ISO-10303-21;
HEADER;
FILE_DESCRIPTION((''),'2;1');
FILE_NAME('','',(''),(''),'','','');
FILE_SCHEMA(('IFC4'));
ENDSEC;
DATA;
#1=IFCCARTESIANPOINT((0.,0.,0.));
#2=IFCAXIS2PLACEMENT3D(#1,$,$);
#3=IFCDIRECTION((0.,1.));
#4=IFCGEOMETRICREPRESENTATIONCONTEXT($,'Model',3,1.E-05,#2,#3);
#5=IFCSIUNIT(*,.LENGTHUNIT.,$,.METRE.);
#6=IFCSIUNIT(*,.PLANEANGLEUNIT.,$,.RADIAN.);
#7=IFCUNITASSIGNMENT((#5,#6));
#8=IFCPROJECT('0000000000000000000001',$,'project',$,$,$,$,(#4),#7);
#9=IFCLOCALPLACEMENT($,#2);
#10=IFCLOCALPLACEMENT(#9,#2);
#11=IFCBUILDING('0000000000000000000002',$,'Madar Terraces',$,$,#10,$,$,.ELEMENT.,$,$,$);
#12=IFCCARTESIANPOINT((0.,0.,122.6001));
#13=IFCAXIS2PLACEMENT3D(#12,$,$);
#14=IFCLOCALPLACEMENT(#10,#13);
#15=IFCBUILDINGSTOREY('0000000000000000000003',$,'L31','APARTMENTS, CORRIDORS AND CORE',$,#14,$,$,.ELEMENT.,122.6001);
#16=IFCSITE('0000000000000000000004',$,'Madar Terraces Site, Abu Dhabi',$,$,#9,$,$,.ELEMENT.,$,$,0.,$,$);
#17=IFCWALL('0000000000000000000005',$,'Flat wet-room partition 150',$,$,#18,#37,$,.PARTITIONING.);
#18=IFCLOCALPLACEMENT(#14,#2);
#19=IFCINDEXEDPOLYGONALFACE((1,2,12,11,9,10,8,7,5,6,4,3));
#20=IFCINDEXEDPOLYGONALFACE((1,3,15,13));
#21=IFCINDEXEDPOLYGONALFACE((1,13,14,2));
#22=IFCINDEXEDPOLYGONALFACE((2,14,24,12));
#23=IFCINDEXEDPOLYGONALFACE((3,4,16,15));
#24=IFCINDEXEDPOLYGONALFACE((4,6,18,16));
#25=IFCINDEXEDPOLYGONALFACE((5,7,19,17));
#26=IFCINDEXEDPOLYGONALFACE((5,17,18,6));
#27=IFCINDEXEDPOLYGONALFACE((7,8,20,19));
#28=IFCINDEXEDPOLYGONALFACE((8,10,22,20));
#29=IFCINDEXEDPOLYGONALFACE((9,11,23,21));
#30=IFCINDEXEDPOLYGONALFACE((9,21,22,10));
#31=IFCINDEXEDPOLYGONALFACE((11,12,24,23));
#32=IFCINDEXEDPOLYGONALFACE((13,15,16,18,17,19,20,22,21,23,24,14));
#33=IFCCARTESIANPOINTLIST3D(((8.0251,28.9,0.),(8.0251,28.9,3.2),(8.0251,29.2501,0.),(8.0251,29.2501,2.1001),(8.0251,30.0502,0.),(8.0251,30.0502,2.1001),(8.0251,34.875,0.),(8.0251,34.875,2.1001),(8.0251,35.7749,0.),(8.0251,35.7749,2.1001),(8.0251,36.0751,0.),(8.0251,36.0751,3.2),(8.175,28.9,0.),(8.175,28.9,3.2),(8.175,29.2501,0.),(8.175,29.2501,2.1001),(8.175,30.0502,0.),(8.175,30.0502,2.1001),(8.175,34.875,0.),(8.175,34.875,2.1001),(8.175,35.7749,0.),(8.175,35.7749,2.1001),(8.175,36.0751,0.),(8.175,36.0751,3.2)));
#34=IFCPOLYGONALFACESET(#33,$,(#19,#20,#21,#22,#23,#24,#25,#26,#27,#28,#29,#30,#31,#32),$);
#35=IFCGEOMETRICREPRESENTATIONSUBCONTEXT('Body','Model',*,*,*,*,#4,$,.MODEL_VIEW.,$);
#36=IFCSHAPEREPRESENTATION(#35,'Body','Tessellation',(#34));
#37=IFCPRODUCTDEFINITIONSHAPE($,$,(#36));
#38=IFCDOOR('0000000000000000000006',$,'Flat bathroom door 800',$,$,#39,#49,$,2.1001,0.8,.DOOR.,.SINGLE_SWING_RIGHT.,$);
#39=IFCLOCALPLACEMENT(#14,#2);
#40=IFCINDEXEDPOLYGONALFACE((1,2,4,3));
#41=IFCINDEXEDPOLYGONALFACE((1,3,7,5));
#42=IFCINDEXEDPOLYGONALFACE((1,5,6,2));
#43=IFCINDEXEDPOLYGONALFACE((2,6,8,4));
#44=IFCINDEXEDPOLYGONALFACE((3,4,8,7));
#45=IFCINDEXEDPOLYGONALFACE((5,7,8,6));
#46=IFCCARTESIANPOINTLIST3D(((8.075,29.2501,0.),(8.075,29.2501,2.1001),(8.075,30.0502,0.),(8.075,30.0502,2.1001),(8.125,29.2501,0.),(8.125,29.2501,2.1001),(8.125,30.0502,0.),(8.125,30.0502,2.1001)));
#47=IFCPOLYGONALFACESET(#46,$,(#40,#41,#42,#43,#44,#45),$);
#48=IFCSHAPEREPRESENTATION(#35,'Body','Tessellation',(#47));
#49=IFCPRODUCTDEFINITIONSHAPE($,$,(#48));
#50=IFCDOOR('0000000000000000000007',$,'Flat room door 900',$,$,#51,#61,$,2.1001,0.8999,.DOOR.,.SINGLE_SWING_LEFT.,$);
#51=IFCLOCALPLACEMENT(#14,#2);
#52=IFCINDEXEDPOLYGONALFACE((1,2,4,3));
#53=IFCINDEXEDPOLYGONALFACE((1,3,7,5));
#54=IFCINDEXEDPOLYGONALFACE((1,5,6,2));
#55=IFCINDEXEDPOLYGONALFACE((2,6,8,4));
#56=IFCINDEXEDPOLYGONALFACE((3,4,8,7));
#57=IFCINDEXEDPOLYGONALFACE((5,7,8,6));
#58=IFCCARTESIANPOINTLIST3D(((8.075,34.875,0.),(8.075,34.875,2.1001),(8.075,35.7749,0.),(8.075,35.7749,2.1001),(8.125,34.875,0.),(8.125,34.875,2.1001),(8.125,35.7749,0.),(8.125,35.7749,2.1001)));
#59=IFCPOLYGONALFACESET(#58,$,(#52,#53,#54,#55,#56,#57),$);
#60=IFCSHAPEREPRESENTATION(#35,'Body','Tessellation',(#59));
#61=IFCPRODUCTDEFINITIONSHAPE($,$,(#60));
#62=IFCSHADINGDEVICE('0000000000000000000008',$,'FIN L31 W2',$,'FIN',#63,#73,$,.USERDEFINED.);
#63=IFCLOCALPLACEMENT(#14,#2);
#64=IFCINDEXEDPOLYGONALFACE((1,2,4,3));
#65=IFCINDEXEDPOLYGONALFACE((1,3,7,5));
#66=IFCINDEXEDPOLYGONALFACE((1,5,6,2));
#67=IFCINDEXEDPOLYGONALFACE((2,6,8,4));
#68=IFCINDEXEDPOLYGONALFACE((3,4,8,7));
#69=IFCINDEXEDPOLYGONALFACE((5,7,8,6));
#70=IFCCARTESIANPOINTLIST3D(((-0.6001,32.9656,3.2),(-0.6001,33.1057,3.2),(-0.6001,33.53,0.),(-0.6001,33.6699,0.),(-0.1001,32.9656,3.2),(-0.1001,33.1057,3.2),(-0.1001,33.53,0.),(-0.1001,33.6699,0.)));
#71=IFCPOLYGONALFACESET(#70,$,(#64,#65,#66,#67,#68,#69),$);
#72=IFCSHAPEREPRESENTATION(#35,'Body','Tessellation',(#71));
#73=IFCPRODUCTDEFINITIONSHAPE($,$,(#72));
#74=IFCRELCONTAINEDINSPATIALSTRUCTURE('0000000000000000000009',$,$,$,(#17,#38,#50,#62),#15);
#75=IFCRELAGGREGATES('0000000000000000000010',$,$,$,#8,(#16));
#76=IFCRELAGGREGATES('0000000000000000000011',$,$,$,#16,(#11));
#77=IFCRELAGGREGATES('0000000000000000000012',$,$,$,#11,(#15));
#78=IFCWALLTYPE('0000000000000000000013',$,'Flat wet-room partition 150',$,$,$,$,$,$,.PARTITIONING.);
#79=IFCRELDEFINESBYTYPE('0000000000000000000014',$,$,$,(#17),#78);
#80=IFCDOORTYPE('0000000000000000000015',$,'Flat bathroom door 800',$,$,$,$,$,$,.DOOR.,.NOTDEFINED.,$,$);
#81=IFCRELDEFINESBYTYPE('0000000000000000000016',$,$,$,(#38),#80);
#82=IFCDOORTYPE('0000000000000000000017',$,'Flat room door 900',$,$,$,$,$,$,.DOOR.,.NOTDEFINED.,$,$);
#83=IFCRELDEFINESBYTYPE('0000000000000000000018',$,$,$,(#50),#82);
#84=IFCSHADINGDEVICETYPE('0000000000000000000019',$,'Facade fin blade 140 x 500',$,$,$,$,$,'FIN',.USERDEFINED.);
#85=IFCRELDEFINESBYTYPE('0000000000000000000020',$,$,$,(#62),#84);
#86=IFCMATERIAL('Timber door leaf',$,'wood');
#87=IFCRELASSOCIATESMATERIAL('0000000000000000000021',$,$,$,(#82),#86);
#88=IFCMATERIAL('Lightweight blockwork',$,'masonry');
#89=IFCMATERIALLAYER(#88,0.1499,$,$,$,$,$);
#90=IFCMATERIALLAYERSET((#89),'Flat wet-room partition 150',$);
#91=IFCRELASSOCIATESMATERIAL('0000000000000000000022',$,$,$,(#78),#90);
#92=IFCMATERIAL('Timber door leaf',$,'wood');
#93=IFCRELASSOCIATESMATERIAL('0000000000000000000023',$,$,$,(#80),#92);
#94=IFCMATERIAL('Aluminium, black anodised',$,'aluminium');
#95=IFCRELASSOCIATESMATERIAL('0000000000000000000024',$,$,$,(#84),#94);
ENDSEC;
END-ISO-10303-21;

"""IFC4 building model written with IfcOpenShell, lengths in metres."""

from ifc_helpers import new_model, si_unit, direction, frame, frame_2d, origin, place, context, subcontext, project, spatial, polyline, rectangle, outline, extrude, material, layer, layer_set, type_object, element, fill, save


model = new_model("IFC4")

# Units and contexts
model_context = context("Model", 3, precision=1e-05, world=origin(), true_north=direction((0.0, 1.0)))
body_context = subcontext(model_context, "Body", "Model", "MODEL_VIEW")
ifc_project = project(units=[si_unit("LENGTHUNIT", "METRE"), si_unit("PLANEANGLEUNIT", "RADIAN")], contexts=[model_context])

# Site, building, storey
site_placement = place(None, origin())
site = spatial("IfcSite", under=ifc_project, at=site_placement, Name="Madar Terraces Site, Abu Dhabi", CompositionType="ELEMENT", RefElevation=0.0)
building_placement = place(site_placement, origin())
building = spatial("IfcBuilding", under=site, at=building_placement, Name="Madar Terraces", CompositionType="ELEMENT")
storey_placement = place(building_placement, frame((0.0, 0.0, 122.6001)))
storey = spatial("IfcBuildingStorey", under=building, at=storey_placement, Name="L31", Description="APARTMENTS, CORRIDORS AND CORE", CompositionType="ELEMENT", Elevation=122.6001)

# Shared definitions
ifc_material_1 = material(Name="Timber door leaf", Category="wood")
door_type_1 = type_object("IfcDoorType", Name="Flat room door 900", OperationType="NOTDEFINED", PredefinedType="DOOR", material=ifc_material_1)

# Wall, openings, doors
ifc_material_2 = material(Name="Lightweight blockwork", Category="masonry")
ifc_layer_1 = layer(ifc_material_2, 0.1499)
ifc_layer_set_1 = layer_set([ifc_layer_1], Name="Flat wet-room partition 150")
wall_type_1 = type_object("IfcWallType", Name="Flat wet-room partition 150", PredefinedType="PARTITIONING", material=ifc_layer_set_1)
wall_1_placement = place(storey_placement, frame((8.1001, 36.075, 0.0), z_axis=(0.0, 0.0, 1.0), x_axis=(0.0, -1.0, 0.0)))
wall_1 = element("IfcWall", 1, at=wall_1_placement, inside=storey, type_object=wall_type_1, Name="Flat wet-room partition 150", PredefinedType="PARTITIONING", context=body_context, shape_type="SweptSolid", body=[
    extrude(rectangle(XDim=7.175, YDim=0.1499, at=frame_2d((3.5874, 0.0))), origin(), (0.0, 0.0, 1.0), 3.2),
])
opening_1_placement = place(wall_1_placement, frame((0.3, 0.0, 0.0)))
opening_1 = element("IfcOpeningElement", 2, at=opening_1_placement, cuts=wall_1, PredefinedType="OPENING", context=body_context, shape_type="SweptSolid", body=[
    extrude(rectangle(XDim=0.8999, YDim=2.1001, at=frame_2d((0.45, 1.05))), frame((0.0, 0.085, 0.0), z_axis=(0.0, -1.0, 0.0), x_axis=(1.0, 0.0, 0.0)), (0.0, 0.0, 1.0), 0.1699),
])
opening_2_placement = place(wall_1_placement, frame((6.0249, 0.0, 0.0)))
opening_2 = element("IfcOpeningElement", 3, at=opening_2_placement, cuts=wall_1, PredefinedType="OPENING", context=body_context, shape_type="SweptSolid", body=[
    extrude(rectangle(XDim=0.8, YDim=2.1001, at=frame_2d((0.3999, 1.05))), frame((0.0, 0.085, 0.0), z_axis=(0.0, -1.0, 0.0), x_axis=(1.0, 0.0, 0.0)), (0.0, 0.0, 1.0), 0.1699),
])
ifc_material_3 = material(Name="Timber door leaf", Category="wood")
door_type_2 = type_object("IfcDoorType", Name="Flat bathroom door 800", OperationType="NOTDEFINED", PredefinedType="DOOR", material=ifc_material_3)
door_1_placement = place(opening_2_placement, origin())
door_1 = element("IfcDoor", 4, at=door_1_placement, inside=storey, type_object=door_type_2, Name="Flat bathroom door 800", OperationType="SINGLE_SWING_RIGHT", OverallHeight=2.1001, OverallWidth=0.8, PredefinedType="DOOR", context=body_context, shape_type="SweptSolid", body=[
    extrude(rectangle(XDim=0.8, YDim=2.1001, at=frame_2d((0.3999, 1.05))), frame((0.0, 0.0249, 0.0), z_axis=(0.0, -1.0, 0.0), x_axis=(1.0, 0.0, 0.0)), (0.0, 0.0, 1.0), 0.05),
])
fill(opening_2, door_1)
door_2_placement = place(opening_1_placement, origin())
door_2 = element("IfcDoor", 5, at=door_2_placement, inside=storey, type_object=door_type_1, Name="Flat room door 900", OperationType="SINGLE_SWING_LEFT", OverallHeight=2.1001, OverallWidth=0.8999, PredefinedType="DOOR", context=body_context, shape_type="SweptSolid", body=[
    extrude(rectangle(XDim=0.8999, YDim=2.1001, at=frame_2d((0.45, 1.05))), frame((0.0, 0.0249, 0.0), z_axis=(0.0, -1.0, 0.0), x_axis=(1.0, 0.0, 0.0)), (0.0, 0.0, 1.0), 0.05),
])
fill(opening_1, door_2)

# Shading device
ifc_material_4 = material(Name="Aluminium, black anodised", Category="aluminium")
shading_device_type = type_object("IfcShadingDeviceType", Name="Facade fin blade 140 x 500", ElementType="FIN", PredefinedType="USERDEFINED", material=ifc_material_4)
shading_device_placement = place(storey_placement, frame((-0.3501, 33.6699, 0.0), z_axis=(0.0, 0.0, 1.0), x_axis=(0.0, -1.0, 0.0)))
element("IfcShadingDevice", 6, at=shading_device_placement, inside=storey, type_object=shading_device_type, Name="FIN L31 W2", ObjectType="FIN", PredefinedType="USERDEFINED", context=body_context, shape_type="SweptSolid", body=[
    extrude(outline(polyline([(0.0, 0.0), (0.1399, 0.0), (0.7043, 3.2), (0.5642, 3.2), (0.0, 0.0)])), frame((0.0, 0.25, 0.0), z_axis=(0.0, -1.0, 0.0), x_axis=(1.0, 0.0, 0.0)), (0.0, 0.0, 1.0), 0.5),
])

save(model, "model.ifc")
